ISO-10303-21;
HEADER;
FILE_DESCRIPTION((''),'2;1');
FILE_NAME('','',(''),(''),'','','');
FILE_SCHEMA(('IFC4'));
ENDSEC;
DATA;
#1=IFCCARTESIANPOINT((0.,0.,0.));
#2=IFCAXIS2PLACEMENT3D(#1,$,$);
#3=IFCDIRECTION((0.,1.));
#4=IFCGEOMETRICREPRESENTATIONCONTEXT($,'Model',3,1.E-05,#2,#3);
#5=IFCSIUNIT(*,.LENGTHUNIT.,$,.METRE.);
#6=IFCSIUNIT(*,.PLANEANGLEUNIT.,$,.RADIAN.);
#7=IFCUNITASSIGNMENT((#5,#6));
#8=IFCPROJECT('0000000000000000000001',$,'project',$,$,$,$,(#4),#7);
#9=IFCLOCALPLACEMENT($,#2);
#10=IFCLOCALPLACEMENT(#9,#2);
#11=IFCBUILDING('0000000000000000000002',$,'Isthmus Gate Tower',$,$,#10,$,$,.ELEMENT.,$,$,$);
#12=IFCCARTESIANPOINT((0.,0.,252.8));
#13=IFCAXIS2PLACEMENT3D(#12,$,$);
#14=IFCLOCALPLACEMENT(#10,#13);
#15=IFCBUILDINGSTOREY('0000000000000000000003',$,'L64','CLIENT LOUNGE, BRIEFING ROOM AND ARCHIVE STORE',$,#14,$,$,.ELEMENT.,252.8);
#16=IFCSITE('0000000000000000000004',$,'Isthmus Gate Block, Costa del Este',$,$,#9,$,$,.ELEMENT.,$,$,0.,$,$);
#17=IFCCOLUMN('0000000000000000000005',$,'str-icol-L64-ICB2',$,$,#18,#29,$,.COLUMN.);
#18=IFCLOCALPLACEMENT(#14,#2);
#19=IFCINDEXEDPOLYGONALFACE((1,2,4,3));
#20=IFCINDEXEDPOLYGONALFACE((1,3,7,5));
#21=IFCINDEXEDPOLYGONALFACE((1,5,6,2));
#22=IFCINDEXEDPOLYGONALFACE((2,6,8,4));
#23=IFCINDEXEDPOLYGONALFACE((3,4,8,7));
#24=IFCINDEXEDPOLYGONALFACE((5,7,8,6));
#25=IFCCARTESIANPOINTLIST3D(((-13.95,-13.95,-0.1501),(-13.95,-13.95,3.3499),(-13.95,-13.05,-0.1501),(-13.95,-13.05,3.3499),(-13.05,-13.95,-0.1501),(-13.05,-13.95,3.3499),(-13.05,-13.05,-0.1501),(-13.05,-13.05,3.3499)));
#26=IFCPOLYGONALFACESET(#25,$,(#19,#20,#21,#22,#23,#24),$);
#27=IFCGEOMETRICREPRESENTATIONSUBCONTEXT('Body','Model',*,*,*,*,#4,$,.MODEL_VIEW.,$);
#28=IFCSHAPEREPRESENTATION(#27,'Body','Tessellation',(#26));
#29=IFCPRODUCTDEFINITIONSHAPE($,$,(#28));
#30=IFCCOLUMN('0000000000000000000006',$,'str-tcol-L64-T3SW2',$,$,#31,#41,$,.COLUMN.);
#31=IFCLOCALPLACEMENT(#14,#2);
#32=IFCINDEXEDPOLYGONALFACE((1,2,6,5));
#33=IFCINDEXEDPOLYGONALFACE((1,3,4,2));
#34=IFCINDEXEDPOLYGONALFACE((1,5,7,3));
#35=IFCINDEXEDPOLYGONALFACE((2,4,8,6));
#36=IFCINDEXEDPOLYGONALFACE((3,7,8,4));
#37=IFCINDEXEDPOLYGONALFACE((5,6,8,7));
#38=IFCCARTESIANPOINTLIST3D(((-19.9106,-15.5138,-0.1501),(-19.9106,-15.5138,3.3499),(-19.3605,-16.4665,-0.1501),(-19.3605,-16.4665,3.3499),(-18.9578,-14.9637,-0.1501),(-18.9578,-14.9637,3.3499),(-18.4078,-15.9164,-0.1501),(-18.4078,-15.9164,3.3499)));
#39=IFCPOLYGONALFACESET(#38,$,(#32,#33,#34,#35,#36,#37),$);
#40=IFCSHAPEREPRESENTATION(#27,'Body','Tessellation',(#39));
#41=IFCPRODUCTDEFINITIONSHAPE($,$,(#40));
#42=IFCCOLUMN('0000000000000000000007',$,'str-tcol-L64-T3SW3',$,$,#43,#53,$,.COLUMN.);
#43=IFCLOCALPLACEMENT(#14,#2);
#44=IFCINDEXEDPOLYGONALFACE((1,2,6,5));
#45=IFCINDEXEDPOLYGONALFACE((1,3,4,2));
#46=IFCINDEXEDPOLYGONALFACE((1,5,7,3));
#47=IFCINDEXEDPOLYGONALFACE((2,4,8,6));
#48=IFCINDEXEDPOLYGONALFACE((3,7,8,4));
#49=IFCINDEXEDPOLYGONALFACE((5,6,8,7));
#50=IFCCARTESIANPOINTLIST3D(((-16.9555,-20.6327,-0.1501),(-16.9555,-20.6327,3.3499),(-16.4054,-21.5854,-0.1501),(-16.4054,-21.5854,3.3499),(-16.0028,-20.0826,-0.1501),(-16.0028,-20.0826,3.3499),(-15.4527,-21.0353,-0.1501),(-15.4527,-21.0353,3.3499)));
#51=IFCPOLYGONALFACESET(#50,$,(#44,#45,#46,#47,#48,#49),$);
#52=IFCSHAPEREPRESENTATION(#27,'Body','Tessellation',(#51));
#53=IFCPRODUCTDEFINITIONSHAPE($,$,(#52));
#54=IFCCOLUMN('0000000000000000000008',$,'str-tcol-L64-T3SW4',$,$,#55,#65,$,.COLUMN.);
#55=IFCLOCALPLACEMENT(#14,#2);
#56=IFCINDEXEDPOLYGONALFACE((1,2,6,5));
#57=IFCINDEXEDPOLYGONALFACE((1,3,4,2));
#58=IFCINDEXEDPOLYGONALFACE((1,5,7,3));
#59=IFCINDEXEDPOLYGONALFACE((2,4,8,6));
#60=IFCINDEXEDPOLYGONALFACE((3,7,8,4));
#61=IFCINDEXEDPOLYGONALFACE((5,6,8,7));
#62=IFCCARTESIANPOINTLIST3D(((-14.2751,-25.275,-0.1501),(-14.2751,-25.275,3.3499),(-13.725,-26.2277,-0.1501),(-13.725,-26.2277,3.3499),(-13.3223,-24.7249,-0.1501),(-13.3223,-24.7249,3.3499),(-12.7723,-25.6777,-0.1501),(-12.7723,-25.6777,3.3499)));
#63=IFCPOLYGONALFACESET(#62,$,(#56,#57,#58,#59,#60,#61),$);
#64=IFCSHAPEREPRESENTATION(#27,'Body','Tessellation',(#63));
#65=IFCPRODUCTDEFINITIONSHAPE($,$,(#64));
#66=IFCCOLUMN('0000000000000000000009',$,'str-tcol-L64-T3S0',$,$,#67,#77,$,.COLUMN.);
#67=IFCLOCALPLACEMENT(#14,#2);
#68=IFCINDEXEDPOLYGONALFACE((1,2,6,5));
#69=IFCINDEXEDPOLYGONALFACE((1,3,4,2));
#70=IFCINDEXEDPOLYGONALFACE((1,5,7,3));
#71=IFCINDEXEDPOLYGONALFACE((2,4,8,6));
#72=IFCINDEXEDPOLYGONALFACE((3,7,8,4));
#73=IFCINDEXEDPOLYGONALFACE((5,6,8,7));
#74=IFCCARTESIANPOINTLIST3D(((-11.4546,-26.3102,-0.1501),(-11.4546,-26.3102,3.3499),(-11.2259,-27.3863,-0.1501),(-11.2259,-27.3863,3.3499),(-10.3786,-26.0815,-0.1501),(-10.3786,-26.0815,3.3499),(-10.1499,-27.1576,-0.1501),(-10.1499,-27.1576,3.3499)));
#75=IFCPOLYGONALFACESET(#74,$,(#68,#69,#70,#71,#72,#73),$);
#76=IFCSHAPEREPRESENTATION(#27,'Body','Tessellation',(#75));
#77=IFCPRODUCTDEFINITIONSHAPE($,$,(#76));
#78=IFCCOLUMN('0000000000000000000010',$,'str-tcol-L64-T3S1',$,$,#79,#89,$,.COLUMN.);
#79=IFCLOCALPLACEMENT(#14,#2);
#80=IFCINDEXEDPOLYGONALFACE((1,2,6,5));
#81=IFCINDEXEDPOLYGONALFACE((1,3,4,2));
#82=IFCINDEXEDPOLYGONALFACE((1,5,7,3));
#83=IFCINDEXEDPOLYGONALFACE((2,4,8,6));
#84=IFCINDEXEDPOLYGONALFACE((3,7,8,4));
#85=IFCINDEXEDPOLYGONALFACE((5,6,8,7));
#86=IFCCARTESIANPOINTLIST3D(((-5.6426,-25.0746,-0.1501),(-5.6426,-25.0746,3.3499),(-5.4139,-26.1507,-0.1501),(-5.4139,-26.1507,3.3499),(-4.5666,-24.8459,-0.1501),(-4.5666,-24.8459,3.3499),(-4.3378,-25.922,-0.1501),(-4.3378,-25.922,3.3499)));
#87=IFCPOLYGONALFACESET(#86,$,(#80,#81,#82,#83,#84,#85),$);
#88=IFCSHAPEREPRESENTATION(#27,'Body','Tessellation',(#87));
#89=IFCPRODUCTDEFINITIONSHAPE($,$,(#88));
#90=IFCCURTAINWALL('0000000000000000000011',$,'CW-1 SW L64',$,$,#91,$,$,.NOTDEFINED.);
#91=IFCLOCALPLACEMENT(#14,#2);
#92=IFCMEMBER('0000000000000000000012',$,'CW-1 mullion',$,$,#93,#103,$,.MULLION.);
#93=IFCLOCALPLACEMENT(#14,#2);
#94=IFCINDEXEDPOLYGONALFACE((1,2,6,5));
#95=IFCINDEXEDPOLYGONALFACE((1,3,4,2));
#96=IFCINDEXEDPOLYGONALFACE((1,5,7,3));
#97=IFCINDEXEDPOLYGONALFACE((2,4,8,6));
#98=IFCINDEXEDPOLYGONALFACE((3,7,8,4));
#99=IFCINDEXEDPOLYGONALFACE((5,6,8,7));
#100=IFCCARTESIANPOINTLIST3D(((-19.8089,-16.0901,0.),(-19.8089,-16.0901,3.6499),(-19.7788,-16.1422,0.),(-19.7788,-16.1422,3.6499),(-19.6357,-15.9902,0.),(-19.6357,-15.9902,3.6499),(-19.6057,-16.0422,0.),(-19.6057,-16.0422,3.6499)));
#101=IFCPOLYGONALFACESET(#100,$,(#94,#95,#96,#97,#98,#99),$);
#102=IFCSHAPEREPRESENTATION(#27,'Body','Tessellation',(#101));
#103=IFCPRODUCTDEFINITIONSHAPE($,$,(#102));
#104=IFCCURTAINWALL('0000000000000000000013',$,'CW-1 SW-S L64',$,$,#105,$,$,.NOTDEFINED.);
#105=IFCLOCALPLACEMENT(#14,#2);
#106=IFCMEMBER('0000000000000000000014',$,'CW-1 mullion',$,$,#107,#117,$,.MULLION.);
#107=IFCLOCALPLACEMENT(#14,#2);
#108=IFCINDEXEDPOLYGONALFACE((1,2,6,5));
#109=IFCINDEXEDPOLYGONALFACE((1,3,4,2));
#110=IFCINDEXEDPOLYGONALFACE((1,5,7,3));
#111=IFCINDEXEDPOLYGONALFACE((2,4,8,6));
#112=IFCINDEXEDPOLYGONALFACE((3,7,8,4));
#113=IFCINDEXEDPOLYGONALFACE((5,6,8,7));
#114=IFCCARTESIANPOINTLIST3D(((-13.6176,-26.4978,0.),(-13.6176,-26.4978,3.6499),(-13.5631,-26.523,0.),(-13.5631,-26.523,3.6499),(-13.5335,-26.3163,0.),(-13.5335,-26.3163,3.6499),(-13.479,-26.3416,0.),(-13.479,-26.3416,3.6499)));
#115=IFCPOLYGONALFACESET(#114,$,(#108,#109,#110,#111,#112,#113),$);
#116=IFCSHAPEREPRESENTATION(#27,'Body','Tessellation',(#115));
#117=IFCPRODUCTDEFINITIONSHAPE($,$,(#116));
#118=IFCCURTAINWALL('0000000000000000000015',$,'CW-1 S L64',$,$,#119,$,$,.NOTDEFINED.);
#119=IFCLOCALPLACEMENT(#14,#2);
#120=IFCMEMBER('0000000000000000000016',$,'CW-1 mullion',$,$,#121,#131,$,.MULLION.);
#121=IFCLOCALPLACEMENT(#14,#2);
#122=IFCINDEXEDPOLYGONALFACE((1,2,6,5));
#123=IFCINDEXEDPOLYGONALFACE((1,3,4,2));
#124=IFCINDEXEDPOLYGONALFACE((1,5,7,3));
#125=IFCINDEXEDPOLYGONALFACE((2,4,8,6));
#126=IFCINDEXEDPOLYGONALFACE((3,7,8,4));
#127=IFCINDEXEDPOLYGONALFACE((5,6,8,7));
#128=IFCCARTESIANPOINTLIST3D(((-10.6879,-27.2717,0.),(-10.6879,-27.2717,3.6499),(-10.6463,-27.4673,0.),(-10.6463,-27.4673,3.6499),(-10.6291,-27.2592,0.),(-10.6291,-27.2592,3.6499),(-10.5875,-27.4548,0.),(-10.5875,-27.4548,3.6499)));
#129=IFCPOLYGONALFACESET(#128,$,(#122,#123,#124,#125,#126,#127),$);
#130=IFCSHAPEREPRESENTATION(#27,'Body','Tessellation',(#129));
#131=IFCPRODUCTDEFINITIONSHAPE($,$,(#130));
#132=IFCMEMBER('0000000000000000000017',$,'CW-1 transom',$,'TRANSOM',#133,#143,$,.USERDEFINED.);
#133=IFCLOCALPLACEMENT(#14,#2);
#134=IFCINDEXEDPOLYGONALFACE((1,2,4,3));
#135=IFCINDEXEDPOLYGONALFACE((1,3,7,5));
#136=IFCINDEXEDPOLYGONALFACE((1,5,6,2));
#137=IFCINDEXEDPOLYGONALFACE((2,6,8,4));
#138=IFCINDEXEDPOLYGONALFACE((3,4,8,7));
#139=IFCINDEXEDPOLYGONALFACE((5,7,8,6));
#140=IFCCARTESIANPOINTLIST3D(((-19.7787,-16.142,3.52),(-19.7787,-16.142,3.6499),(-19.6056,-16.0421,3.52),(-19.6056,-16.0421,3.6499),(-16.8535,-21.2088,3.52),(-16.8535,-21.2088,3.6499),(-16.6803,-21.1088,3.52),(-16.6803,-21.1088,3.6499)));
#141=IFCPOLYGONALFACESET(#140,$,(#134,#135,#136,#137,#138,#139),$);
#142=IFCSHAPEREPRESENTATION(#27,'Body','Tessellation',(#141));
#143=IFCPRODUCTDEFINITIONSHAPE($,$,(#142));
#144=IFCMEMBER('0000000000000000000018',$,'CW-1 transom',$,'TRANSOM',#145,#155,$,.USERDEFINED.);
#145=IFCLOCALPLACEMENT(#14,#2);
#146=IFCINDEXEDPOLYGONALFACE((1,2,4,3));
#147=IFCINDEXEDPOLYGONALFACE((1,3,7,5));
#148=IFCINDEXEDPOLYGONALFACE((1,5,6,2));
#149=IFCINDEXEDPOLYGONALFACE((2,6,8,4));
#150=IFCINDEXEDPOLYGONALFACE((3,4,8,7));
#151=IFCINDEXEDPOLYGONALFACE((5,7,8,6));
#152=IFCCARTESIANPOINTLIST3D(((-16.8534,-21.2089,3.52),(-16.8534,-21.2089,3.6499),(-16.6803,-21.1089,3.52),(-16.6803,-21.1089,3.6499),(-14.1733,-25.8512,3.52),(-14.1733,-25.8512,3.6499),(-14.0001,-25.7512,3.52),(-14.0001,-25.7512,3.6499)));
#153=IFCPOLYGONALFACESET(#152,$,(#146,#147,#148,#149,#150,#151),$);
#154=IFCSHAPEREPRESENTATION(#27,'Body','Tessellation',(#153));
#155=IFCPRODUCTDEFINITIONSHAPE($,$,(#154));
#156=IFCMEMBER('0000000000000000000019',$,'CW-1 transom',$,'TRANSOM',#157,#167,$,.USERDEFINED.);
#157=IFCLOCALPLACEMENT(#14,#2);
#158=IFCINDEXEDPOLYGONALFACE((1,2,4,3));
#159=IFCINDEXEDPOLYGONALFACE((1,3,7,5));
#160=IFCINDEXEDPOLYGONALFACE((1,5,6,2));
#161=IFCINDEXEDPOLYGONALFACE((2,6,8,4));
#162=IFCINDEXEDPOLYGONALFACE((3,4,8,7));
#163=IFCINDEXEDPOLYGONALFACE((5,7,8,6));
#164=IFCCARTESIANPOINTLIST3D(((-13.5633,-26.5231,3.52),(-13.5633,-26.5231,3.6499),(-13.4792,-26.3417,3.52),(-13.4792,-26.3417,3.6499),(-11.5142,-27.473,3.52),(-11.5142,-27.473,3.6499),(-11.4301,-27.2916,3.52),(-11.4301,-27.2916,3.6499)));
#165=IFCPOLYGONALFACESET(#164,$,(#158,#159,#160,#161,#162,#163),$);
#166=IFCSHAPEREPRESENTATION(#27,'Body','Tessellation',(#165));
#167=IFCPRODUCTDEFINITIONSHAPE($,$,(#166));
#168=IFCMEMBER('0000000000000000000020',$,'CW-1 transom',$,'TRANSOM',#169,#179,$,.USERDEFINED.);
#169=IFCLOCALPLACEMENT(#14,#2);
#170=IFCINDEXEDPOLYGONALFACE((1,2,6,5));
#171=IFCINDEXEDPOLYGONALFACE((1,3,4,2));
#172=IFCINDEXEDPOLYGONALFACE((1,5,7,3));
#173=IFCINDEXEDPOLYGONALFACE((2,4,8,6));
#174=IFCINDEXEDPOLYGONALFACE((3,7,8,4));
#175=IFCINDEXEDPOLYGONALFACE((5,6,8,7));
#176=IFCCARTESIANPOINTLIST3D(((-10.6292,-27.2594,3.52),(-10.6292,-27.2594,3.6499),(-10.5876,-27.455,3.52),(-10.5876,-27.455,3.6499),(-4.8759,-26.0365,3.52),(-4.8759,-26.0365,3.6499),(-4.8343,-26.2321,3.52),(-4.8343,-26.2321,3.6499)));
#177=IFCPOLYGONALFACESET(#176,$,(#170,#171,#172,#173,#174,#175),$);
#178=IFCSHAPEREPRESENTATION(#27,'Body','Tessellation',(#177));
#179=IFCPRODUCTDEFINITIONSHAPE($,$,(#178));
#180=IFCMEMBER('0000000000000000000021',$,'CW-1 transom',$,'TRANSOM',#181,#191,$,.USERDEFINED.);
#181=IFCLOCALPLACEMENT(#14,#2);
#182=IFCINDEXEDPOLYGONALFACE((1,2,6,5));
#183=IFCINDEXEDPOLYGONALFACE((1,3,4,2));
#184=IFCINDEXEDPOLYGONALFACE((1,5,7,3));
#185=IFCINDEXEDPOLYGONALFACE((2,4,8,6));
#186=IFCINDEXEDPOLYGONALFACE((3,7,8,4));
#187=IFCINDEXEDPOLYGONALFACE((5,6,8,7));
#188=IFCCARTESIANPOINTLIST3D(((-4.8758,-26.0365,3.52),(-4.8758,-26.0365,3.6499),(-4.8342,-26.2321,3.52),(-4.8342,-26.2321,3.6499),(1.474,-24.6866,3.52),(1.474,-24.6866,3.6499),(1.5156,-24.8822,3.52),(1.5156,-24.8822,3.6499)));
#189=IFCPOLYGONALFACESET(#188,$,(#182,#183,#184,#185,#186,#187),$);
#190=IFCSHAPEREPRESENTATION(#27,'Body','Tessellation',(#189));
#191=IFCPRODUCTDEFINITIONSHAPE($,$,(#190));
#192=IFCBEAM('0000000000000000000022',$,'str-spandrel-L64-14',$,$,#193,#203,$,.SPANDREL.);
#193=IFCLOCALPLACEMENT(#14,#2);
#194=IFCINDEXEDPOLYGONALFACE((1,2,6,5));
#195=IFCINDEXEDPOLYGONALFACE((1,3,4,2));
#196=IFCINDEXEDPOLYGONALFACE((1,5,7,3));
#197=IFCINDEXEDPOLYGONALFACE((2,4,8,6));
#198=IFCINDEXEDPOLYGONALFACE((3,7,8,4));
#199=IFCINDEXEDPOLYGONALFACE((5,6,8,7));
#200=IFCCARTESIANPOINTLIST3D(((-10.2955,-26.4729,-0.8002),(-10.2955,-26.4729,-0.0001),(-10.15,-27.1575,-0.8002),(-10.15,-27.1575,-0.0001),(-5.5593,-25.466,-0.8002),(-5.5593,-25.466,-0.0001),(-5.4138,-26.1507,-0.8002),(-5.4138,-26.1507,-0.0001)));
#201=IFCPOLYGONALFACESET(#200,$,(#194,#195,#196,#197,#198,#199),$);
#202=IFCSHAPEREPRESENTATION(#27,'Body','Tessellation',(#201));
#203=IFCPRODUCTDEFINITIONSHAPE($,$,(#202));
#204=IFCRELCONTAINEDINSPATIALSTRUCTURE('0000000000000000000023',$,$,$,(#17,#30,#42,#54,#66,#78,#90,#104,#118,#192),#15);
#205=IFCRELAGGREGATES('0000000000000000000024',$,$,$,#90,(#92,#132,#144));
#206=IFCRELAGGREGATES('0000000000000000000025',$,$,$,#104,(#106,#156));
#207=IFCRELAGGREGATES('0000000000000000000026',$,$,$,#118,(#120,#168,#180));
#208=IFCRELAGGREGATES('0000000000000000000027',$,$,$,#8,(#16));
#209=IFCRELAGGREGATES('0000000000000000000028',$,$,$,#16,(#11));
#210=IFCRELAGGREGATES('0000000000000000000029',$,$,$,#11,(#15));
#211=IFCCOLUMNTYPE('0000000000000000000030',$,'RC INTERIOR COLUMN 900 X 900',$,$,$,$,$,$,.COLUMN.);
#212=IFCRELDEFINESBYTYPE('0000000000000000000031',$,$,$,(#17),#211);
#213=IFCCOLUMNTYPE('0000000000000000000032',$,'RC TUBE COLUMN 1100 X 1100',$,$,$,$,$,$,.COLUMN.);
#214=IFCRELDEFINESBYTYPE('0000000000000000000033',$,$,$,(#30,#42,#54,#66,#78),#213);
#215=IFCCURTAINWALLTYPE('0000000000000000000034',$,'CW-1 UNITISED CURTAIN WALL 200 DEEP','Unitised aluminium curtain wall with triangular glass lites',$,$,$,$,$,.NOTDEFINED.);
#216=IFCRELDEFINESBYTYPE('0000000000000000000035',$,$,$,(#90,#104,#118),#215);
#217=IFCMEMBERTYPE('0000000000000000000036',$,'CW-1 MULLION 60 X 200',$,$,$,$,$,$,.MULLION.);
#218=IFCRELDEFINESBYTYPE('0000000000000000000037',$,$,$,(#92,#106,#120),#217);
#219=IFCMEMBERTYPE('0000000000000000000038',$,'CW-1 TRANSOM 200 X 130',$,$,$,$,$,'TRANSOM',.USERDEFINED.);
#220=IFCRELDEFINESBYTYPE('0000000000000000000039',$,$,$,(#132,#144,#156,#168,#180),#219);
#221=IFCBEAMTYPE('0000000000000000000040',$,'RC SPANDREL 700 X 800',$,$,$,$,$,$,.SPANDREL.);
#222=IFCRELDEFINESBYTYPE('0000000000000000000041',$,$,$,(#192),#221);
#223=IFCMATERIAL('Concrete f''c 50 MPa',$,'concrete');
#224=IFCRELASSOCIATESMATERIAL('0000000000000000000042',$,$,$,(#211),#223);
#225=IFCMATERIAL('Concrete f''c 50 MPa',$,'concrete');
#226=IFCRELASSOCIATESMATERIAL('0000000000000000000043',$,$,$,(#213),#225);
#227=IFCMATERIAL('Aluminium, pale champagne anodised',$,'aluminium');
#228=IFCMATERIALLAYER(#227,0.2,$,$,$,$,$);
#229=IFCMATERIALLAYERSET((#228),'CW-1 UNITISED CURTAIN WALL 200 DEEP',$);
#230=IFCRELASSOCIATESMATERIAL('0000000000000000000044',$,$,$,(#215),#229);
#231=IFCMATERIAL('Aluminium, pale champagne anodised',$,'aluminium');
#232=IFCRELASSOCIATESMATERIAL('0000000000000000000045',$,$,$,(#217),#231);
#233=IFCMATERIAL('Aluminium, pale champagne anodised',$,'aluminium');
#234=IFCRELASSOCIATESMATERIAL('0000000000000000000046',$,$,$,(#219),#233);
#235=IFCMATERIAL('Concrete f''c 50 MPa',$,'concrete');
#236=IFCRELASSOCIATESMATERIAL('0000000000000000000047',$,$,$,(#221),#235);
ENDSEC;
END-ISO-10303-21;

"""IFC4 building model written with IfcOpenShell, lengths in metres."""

from ifc_helpers import new_model, si_unit, direction, frame, origin, origin_2d, place, context, subcontext, project, spatial, rectangle, extrude, material, layer, layer_set, material_profile, profile_set, type_object, element, aggregate, save


model = new_model("IFC4")

# Units and contexts
model_context = context("Model", 3, precision=1e-05, world=origin(), true_north=direction((0.0, 1.0)))
body_context = subcontext(model_context, "Body", "Model", "MODEL_VIEW")
ifc_project = project(units=[si_unit("LENGTHUNIT", "METRE"), si_unit("PLANEANGLEUNIT", "RADIAN")], contexts=[model_context])

# Site, building, storey
site_placement = place(None, origin())
site = spatial("IfcSite", under=ifc_project, at=site_placement, Name="Isthmus Gate Block, Costa del Este", CompositionType="ELEMENT", RefElevation=0.0)
building_placement = place(site_placement, origin())
building = spatial("IfcBuilding", under=site, at=building_placement, Name="Isthmus Gate Tower", CompositionType="ELEMENT")
storey_placement = place(building_placement, frame((0.0, 0.0, 252.8)))
storey = spatial("IfcBuildingStorey", under=building, at=storey_placement, Name="L64", Description="CLIENT LOUNGE, BRIEFING ROOM AND ARCHIVE STORE", CompositionType="ELEMENT", Elevation=252.8)

# Columns
ifc_material_1 = material(Name="Concrete f'c 50 MPa", Category="concrete")
ifc_material_profile_1 = material_profile(ifc_material_1, rectangle(XDim=0.8999, YDim=0.8999, at=origin_2d()), Name="RC 900X900")
ifc_profile_set_1 = profile_set([ifc_material_profile_1], Name="Concrete f'c 50 MPa")
column_type_1 = type_object("IfcColumnType", Name="RC INTERIOR COLUMN 900 X 900", PredefinedType="COLUMN", material=ifc_profile_set_1)
column_placement = place(storey_placement, frame((-13.5, -13.5, -0.1501), z_axis=(0.0, 0.0, 1.0), x_axis=(1.0, 0.0, 0.0)))
element("IfcColumn", 1, at=column_placement, inside=storey, type_object=column_type_1, Name="str-icol-L64-ICB2", PredefinedType="COLUMN", context=body_context, shape_type="SweptSolid", body=[
    extrude(rectangle(XDim=0.8999, YDim=0.8999, at=origin_2d()), origin(), (0.0, 0.0, 1.0), 3.5),
])
ifc_material_2 = material(Name="Concrete f'c 50 MPa", Category="concrete")
ifc_material_profile_2 = material_profile(ifc_material_2, rectangle(XDim=1.1001, YDim=1.1001, at=origin_2d()), Name="RC 1100X1100")
ifc_profile_set_2 = profile_set([ifc_material_profile_2], Name="Concrete f'c 50 MPa")
column_type_2 = type_object("IfcColumnType", Name="RC TUBE COLUMN 1100 X 1100", PredefinedType="COLUMN", material=ifc_profile_set_2)
for number, where, z_axis, x_axis, name in (
    (2, (-19.1592, -15.7151, -0.1501), (0.0, 0.0, 1.0), (0.5, -0.866025, 0.0), "str-tcol-L64-T3SW2"),
    (3, (-16.2041, -20.834, -0.1501), (0.0, 0.0, 1.0), (0.5, -0.866025, 0.0), "str-tcol-L64-T3SW3"),
    (4, (-13.5237, -25.4763, -0.1501), (0.0, 0.0, 1.0), (0.5, -0.866025, 0.0), "str-tcol-L64-T3SW4"),
    (5, (-10.8022, -26.7339, -0.1501), (0.0, 0.0, 1.0), (0.978148, 0.207912, 0.0), "str-tcol-L64-T3S0"),
    (6, (-4.9902, -25.4983, -0.1501), (0.0, 0.0, 1.0), (0.978148, 0.207912, 0.0), "str-tcol-L64-T3S1"),
):
    element("IfcColumn", number, at=place(storey_placement, frame(where, z_axis=z_axis, x_axis=x_axis)), inside=storey, type_object=column_type_2, Name=name, PredefinedType="COLUMN", context=body_context, shape_type="SweptSolid", body=[
        extrude(rectangle(XDim=1.1001, YDim=1.1001, at=origin_2d()), origin(), (0.0, 0.0, 1.0), 3.5),
    ])

# Curtain walls, members
ifc_material_3 = material(Name="Aluminium, pale champagne anodised", Category="aluminium")
ifc_layer_1 = layer(ifc_material_3, 0.2)
ifc_layer_set_1 = layer_set([ifc_layer_1], Name="CW-1 UNITISED CURTAIN WALL 200 DEEP")
curtain_wall_type = type_object("IfcCurtainWallType", Name="CW-1 UNITISED CURTAIN WALL 200 DEEP", Description="Unitised aluminium curtain wall with triangular glass lites", PredefinedType="NOTDEFINED", material=ifc_layer_set_1)
curtain_wall_1_placement = place(storey_placement, origin())
curtain_wall_1 = element("IfcCurtainWall", 7, at=curtain_wall_1_placement, inside=storey, type_object=curtain_wall_type, Name="CW-1 SW L64", PredefinedType="NOTDEFINED")
ifc_material_4 = material(Name="Aluminium, pale champagne anodised", Category="aluminium")
ifc_material_profile_3 = material_profile(ifc_material_4, rectangle(XDim=0.0601, YDim=0.2, at=origin_2d()), Name="60x200")
ifc_profile_set_3 = profile_set([ifc_material_profile_3], Name="Aluminium, pale champagne anodised")
member_type_1 = type_object("IfcMemberType", Name="CW-1 MULLION 60 X 200", PredefinedType="MULLION", material=ifc_profile_set_3)
member_1_placement = place(storey_placement, frame((-19.7073, -16.0662, 0.0), z_axis=(0.0, 0.0, 1.0), x_axis=(0.5, -0.866025, 0.0)))
member_1 = element("IfcMember", 8, at=member_1_placement, type_object=member_type_1, Name="CW-1 mullion", PredefinedType="MULLION", context=body_context, shape_type="SweptSolid", body=[
    extrude(rectangle(XDim=0.0601, YDim=0.2, at=origin_2d()), origin(), (0.0, 0.0, 1.0), 3.6499),
])
curtain_wall_2_placement = place(storey_placement, origin())
curtain_wall_2 = element("IfcCurtainWall", 9, at=curtain_wall_2_placement, inside=storey, type_object=curtain_wall_type, Name="CW-1 SW-S L64", PredefinedType="NOTDEFINED")
member_2_placement = place(storey_placement, frame((-13.5483, -26.4197, 0.0), z_axis=(0.0, 0.0, 1.0), x_axis=(0.907256, -0.420578, 0.0)))
member_2 = element("IfcMember", 10, at=member_2_placement, type_object=member_type_1, Name="CW-1 mullion", PredefinedType="MULLION", context=body_context, shape_type="SweptSolid", body=[
    extrude(rectangle(XDim=0.0601, YDim=0.2, at=origin_2d()), origin(), (0.0, 0.0, 1.0), 3.6499),
])
curtain_wall_3_placement = place(storey_placement, origin())
curtain_wall_3 = element("IfcCurtainWall", 11, at=curtain_wall_3_placement, inside=storey, type_object=curtain_wall_type, Name="CW-1 S L64", PredefinedType="NOTDEFINED")
member_3_placement = place(storey_placement, frame((-10.6377, -27.3633, 0.0), z_axis=(0.0, 0.0, 1.0), x_axis=(0.978148, 0.207912, 0.0)))
member_3 = element("IfcMember", 12, at=member_3_placement, type_object=member_type_1, Name="CW-1 mullion", PredefinedType="MULLION", context=body_context, shape_type="SweptSolid", body=[
    extrude(rectangle(XDim=0.0601, YDim=0.2, at=origin_2d()), origin(), (0.0, 0.0, 1.0), 3.6499),
])

# Members
ifc_material_5 = material(Name="Aluminium, pale champagne anodised", Category="aluminium")
ifc_material_profile_4 = material_profile(ifc_material_5, rectangle(XDim=0.2, YDim=0.1299, at=origin_2d()), Name="200x130")
ifc_profile_set_4 = profile_set([ifc_material_profile_4], Name="Aluminium, pale champagne anodised")
member_type_2 = type_object("IfcMemberType", Name="CW-1 TRANSOM 200 X 130", ElementType="TRANSOM", PredefinedType="USERDEFINED", material=ifc_profile_set_4)
member_4_placement = place(storey_placement, frame((-19.6921, -16.092, 3.585), z_axis=(0.49999, -0.866031, 0.0), x_axis=(0.866031, 0.49999, 0.0)))
member_4 = element("IfcMember", 13, at=member_4_placement, type_object=member_type_2, Name="CW-1 transom", ObjectType="TRANSOM", PredefinedType="USERDEFINED", context=body_context, shape_type="SweptSolid", body=[
    extrude(rectangle(XDim=0.2, YDim=0.1299, at=origin_2d()), origin(), (0.0, 0.0, 1.0), 5.8506),
])
member_5_placement = place(storey_placement, frame((-16.7668, -21.1589, 3.585), z_axis=(0.499989, -0.866032, 0.0), x_axis=(0.866032, 0.499989, 0.0)))
member_5 = element("IfcMember", 14, at=member_5_placement, type_object=member_type_2, Name="CW-1 transom", ObjectType="TRANSOM", PredefinedType="USERDEFINED", context=body_context, shape_type="SweptSolid", body=[
    extrude(rectangle(XDim=0.2, YDim=0.1299, at=origin_2d()), origin(), (0.0, 0.0, 1.0), 5.3604),
])
member_6_placement = place(storey_placement, frame((-13.5212, -26.4324, 3.585), z_axis=(0.907246, -0.4206, 0.0), x_axis=(0.4206, 0.907246, 0.0)))
member_6 = element("IfcMember", 15, at=member_6_placement, type_object=member_type_2, Name="CW-1 transom", ObjectType="TRANSOM", PredefinedType="USERDEFINED", context=body_context, shape_type="SweptSolid", body=[
    extrude(rectangle(XDim=0.2, YDim=0.1299, at=origin_2d()), origin(), (0.0, 0.0, 1.0), 2.2585),
])
member_7_placement = place(storey_placement, frame((-10.6084, -27.3572, 3.585), z_axis=(0.978149, 0.207907, 0.0), x_axis=(-0.207907, 0.978149, 0.0)))
member_7 = element("IfcMember", 16, at=member_7_placement, type_object=member_type_2, Name="CW-1 transom", ObjectType="TRANSOM", PredefinedType="USERDEFINED", context=body_context, shape_type="SweptSolid", body=[
    extrude(rectangle(XDim=0.2, YDim=0.1299, at=origin_2d()), origin(), (0.0, 0.0, 1.0), 5.8818),
])
member_8_placement = place(storey_placement, frame((-4.855, -26.1343, 3.585), z_axis=(0.978143, 0.207934, 0.0), x_axis=(-0.207934, 0.978143, 0.0)))
member_8 = element("IfcMember", 17, at=member_8_placement, type_object=member_type_2, Name="CW-1 transom", ObjectType="TRANSOM", PredefinedType="USERDEFINED", context=body_context, shape_type="SweptSolid", body=[
    extrude(rectangle(XDim=0.2, YDim=0.1299, at=origin_2d()), origin(), (0.0, 0.0, 1.0), 6.4917),
])

# Beam
ifc_material_6 = material(Name="Concrete f'c 50 MPa", Category="concrete")
ifc_material_profile_5 = material_profile(ifc_material_6, rectangle(XDim=0.7, YDim=0.8, at=origin_2d()), Name="RC 700X800")
ifc_profile_set_5 = profile_set([ifc_material_profile_5], Name="Concrete f'c 50 MPa")
beam_type_1 = type_object("IfcBeamType", Name="RC SPANDREL 700 X 800", PredefinedType="SPANDREL", material=ifc_profile_set_5)
beam_1_placement = place(storey_placement, frame((-5.4866, -25.8083, -0.4001), z_axis=(-0.978141, -0.207941, 0.0), x_axis=(0.207941, -0.978141, 0.0)))
element("IfcBeam", 18, at=beam_1_placement, inside=storey, type_object=beam_type_1, Name="str-spandrel-L64-14", PredefinedType="SPANDREL", context=body_context, shape_type="SweptSolid", body=[
    extrude(rectangle(XDim=0.7, YDim=0.8, at=origin_2d()), origin(), (0.0, 0.0, 1.0), 4.842),
])

aggregate(curtain_wall_1, [member_1, member_4, member_5])
aggregate(curtain_wall_2, [member_2, member_6])

aggregate(curtain_wall_3, [member_3, member_7, member_8])

save(model, "model.ifc")
